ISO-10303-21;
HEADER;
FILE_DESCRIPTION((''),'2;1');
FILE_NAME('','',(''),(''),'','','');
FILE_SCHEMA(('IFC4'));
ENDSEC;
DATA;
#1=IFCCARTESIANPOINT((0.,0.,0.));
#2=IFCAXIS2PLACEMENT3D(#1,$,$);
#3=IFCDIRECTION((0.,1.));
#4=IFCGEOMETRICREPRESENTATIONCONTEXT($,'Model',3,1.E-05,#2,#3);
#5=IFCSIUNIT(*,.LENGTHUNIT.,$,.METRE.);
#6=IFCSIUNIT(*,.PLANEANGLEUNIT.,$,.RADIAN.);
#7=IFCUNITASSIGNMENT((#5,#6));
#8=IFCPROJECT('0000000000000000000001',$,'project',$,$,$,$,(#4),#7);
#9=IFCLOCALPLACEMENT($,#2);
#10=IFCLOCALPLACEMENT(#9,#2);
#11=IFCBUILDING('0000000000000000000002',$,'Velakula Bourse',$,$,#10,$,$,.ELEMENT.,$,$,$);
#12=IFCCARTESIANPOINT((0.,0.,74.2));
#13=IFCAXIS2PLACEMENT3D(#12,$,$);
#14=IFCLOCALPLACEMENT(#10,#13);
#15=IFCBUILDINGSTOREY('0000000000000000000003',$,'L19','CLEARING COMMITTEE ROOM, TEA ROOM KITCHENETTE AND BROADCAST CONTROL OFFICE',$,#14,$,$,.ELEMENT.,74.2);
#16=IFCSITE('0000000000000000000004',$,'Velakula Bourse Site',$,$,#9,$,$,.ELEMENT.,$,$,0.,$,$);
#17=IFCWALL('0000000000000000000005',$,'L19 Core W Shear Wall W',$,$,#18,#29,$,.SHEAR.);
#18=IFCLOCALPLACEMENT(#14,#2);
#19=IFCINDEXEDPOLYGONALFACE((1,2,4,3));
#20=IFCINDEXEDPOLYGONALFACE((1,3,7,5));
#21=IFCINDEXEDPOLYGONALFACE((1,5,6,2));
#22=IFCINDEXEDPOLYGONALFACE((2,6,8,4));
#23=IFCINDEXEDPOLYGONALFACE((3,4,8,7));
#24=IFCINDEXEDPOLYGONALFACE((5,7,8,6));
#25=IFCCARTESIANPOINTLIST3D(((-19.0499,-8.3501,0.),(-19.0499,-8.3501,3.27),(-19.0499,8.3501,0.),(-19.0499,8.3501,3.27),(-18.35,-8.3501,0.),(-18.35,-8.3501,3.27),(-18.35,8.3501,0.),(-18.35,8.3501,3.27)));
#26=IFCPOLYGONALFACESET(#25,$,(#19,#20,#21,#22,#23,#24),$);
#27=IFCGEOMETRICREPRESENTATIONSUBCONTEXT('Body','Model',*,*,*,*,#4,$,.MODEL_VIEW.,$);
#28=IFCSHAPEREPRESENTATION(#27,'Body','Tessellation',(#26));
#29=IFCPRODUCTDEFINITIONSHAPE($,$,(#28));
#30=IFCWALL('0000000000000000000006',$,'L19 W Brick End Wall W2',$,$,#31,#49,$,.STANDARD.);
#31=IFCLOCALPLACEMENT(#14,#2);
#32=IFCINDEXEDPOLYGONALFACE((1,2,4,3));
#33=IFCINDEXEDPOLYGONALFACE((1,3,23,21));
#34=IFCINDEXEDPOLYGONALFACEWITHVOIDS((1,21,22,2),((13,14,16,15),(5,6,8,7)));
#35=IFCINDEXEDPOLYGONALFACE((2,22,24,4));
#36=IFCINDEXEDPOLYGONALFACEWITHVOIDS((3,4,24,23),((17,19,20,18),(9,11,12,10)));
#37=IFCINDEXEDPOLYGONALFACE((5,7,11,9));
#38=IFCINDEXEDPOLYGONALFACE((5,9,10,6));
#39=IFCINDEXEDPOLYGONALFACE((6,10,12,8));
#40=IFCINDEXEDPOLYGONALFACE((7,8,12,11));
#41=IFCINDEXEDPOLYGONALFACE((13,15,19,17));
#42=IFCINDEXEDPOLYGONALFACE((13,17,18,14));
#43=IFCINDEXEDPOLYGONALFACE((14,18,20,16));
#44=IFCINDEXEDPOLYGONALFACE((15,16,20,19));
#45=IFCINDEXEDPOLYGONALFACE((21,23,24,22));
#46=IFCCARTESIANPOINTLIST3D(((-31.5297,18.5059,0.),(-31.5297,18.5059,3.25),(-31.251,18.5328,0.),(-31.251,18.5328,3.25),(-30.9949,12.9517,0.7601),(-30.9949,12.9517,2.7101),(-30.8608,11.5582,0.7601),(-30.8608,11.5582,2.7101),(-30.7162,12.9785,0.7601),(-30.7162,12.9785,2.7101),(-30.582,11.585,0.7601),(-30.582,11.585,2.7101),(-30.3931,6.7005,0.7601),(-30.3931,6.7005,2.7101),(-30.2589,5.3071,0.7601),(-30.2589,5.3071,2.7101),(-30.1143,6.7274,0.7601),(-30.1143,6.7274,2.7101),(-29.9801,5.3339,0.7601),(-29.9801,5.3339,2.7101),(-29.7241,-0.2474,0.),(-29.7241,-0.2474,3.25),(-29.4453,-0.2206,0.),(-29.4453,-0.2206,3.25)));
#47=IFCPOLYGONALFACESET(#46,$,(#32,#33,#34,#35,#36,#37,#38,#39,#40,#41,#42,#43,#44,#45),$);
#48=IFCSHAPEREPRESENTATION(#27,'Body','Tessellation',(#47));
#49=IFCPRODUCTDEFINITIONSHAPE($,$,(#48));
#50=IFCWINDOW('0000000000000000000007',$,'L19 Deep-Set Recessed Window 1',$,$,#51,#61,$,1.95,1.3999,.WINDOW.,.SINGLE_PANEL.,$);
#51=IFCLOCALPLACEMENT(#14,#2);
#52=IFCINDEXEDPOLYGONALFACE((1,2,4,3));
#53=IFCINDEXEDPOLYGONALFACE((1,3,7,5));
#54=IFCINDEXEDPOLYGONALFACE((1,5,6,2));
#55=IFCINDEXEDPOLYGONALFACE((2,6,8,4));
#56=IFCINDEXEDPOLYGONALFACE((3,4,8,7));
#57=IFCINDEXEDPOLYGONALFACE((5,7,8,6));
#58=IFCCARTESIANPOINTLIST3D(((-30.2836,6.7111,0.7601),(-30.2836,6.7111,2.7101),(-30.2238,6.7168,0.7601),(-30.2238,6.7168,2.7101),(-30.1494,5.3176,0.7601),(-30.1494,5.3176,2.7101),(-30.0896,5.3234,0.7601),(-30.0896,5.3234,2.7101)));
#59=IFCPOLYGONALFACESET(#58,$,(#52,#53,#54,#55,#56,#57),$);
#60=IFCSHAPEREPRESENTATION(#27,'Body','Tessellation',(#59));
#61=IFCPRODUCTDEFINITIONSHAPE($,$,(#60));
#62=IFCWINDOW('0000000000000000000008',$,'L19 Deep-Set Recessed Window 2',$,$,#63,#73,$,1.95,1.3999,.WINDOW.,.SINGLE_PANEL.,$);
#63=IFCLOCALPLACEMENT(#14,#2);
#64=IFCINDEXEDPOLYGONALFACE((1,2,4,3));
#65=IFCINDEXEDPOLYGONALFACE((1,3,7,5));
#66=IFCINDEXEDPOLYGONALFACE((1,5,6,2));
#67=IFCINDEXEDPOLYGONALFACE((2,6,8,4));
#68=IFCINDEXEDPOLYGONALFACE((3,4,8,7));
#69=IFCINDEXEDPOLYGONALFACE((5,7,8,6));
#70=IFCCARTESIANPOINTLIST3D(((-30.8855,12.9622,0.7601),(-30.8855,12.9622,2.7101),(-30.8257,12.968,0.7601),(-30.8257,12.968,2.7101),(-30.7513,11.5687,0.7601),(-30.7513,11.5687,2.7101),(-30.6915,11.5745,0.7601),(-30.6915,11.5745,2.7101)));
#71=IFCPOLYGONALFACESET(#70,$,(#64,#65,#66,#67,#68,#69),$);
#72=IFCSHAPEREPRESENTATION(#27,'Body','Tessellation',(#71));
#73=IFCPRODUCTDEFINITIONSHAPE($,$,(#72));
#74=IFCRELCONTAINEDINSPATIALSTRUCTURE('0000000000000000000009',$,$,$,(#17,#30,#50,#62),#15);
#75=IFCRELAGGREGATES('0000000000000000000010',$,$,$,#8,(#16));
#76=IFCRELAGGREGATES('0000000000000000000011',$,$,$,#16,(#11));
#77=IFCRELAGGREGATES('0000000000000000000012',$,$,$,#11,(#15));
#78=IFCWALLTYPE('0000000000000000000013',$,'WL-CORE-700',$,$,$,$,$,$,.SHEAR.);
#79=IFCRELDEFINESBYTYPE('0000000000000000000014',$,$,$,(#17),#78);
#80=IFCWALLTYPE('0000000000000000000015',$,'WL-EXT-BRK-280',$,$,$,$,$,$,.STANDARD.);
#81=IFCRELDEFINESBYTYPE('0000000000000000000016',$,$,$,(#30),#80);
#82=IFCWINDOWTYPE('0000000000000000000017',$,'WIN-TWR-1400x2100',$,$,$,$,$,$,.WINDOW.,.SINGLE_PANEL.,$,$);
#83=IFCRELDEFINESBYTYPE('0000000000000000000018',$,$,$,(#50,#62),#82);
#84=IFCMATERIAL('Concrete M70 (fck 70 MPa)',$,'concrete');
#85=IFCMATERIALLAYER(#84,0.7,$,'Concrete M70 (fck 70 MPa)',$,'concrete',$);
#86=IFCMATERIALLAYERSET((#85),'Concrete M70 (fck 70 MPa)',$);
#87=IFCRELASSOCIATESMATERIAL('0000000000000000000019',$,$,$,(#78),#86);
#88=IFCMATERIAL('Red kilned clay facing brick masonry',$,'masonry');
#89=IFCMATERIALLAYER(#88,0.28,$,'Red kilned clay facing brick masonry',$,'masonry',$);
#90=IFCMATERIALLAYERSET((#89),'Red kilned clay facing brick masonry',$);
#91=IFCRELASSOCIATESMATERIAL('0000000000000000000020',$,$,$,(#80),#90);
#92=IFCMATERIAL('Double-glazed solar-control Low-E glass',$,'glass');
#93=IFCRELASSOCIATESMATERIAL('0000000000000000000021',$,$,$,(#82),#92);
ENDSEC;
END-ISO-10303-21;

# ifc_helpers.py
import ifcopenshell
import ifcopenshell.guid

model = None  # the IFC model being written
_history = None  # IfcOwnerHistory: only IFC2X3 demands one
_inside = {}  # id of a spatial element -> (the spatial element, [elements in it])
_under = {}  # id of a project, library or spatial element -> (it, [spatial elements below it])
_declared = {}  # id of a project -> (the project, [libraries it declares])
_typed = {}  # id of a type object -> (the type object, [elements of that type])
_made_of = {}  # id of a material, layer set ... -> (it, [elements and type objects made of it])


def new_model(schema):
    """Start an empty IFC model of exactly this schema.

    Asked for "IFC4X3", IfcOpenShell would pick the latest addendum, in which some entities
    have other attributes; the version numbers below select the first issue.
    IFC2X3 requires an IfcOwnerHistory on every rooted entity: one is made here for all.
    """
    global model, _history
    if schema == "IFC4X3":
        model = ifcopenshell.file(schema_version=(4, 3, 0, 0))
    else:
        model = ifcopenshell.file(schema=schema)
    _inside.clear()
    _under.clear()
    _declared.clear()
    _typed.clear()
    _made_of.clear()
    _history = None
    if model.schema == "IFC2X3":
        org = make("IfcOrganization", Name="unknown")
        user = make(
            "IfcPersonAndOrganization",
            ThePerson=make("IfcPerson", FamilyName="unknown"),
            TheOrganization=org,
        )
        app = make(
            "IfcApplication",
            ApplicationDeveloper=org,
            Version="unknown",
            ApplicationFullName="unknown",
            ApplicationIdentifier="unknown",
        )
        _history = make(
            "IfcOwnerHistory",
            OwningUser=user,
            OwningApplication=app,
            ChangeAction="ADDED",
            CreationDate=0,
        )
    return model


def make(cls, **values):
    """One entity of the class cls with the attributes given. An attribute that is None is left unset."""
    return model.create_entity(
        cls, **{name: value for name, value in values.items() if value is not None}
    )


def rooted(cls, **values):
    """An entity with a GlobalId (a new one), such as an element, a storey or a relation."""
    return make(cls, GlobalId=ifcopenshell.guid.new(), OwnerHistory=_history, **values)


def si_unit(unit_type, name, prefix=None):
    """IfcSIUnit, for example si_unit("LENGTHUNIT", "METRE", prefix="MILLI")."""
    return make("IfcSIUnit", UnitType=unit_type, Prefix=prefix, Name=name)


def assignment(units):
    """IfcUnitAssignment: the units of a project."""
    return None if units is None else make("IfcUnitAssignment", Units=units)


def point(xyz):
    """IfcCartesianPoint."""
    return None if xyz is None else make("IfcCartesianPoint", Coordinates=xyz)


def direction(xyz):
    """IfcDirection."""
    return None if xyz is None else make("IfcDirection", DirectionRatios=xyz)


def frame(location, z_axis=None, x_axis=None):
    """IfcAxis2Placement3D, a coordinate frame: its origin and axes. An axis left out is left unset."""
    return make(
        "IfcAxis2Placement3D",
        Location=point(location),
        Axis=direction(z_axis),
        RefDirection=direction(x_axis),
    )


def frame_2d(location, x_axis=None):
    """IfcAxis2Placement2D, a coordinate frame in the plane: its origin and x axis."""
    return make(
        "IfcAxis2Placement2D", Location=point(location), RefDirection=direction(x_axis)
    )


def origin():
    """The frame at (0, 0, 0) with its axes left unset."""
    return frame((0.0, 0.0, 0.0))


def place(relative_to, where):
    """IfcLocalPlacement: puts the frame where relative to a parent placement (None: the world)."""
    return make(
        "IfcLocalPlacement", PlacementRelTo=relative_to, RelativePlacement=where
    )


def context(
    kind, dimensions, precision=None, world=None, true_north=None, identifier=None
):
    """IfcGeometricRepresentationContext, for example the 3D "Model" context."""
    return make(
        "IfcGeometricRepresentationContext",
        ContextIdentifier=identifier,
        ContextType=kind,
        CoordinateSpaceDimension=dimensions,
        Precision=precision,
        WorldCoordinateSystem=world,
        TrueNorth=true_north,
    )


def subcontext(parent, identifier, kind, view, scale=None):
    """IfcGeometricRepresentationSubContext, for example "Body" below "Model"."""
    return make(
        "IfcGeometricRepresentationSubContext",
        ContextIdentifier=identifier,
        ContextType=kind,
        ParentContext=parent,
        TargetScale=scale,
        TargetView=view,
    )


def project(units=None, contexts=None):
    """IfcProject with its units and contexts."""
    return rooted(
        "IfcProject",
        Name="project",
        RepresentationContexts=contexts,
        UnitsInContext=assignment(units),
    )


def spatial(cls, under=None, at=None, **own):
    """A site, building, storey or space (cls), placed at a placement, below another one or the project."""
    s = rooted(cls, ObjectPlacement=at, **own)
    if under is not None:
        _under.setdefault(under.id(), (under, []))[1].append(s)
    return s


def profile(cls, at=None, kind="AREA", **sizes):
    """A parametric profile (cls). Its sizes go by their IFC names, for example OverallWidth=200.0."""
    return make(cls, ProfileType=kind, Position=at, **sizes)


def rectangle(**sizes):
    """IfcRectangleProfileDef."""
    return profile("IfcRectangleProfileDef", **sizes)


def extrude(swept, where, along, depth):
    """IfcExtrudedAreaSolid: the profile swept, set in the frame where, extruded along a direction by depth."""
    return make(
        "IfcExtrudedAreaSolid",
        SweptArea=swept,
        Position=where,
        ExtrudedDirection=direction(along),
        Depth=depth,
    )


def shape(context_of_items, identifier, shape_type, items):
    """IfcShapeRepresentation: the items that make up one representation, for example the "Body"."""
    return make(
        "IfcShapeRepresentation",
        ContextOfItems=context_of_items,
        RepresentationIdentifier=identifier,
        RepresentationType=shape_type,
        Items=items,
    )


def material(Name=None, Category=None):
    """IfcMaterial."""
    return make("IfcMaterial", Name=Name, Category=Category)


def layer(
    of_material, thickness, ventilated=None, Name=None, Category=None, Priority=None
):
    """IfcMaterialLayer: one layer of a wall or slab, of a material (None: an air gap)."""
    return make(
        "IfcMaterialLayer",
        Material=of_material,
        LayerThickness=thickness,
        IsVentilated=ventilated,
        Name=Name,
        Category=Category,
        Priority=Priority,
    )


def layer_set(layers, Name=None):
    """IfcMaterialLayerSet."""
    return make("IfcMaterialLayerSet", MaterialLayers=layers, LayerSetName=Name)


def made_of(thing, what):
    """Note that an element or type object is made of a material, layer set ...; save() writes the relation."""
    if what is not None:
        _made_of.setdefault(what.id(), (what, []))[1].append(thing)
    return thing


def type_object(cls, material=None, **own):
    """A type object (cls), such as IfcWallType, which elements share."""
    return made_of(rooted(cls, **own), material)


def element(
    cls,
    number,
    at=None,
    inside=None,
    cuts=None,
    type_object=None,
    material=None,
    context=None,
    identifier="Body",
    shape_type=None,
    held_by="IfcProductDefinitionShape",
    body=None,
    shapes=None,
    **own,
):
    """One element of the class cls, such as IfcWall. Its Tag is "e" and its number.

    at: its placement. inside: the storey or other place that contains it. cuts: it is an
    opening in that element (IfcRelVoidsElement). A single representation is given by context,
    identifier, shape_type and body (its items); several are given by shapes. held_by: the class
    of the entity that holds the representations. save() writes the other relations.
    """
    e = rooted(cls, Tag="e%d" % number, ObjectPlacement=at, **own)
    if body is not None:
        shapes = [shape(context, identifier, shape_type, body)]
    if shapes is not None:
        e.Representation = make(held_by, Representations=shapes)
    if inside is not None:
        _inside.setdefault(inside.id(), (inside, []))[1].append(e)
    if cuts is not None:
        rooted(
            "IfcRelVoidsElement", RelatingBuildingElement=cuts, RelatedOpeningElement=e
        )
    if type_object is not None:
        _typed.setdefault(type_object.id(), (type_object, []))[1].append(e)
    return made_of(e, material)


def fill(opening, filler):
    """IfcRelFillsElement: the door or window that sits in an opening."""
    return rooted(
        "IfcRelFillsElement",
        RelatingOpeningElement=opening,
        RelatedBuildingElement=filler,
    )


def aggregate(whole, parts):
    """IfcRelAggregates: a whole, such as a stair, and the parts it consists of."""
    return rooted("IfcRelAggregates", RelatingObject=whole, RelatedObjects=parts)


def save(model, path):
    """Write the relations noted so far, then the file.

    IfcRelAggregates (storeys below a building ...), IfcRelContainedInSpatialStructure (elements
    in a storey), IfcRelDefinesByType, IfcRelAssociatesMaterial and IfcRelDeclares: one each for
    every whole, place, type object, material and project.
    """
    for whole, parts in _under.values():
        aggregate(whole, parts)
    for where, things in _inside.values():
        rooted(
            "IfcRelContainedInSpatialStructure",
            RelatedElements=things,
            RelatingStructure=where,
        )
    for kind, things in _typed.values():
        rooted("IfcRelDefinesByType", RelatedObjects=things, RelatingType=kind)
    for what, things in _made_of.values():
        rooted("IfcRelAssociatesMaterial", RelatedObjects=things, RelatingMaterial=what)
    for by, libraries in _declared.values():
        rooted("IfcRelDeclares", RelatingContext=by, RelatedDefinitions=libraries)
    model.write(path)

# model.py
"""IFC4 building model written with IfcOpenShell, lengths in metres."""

from ifc_helpers import new_model, si_unit, direction, frame, frame_2d, origin, place, context, subcontext, project, spatial, rectangle, extrude, material, layer, layer_set, type_object, element, fill, save


model = new_model("IFC4")

# Units and contexts
model_context = context("Model", 3, precision=1e-05, world=origin(), true_north=direction((0.0, 1.0)))
body_context = subcontext(model_context, "Body", "Model", "MODEL_VIEW")
ifc_project = project(units=[si_unit("LENGTHUNIT", "METRE"), si_unit("PLANEANGLEUNIT", "RADIAN")], contexts=[model_context])

# Site, building, storey
site_placement = place(None, origin())
site = spatial("IfcSite", under=ifc_project, at=site_placement, Name="Velakula Bourse Site", CompositionType="ELEMENT", RefElevation=0.0)
building_placement = place(site_placement, origin())
building = spatial("IfcBuilding", under=site, at=building_placement, Name="Velakula Bourse", CompositionType="ELEMENT")
storey_placement = place(building_placement, frame((0.0, 0.0, 74.2)))
storey = spatial("IfcBuildingStorey", under=building, at=storey_placement, Name="L19", Description="CLEARING COMMITTEE ROOM, TEA ROOM KITCHENETTE AND BROADCAST CONTROL OFFICE", CompositionType="ELEMENT", Elevation=74.2)

# Wall
ifc_material_1 = material(Name="Concrete M70 (fck 70 MPa)", Category="concrete")
ifc_layer_1 = layer(ifc_material_1, 0.7, Name="Concrete M70 (fck 70 MPa)", Category="concrete")
ifc_layer_set_1 = layer_set([ifc_layer_1], Name="Concrete M70 (fck 70 MPa)")
wall_type_1 = type_object("IfcWallType", Name="WL-CORE-700", PredefinedType="SHEAR", material=ifc_layer_set_1)
wall_1_placement = place(storey_placement, frame((-18.7, -8.3501, 0.0), z_axis=(0.0, 0.0, 1.0), x_axis=(0.0, 1.0, 0.0)))
element("IfcWall", 1, at=wall_1_placement, inside=storey, type_object=wall_type_1, Name="L19 Core W Shear Wall W", PredefinedType="SHEAR", context=body_context, shape_type="SweptSolid", body=[
    extrude(rectangle(XDim=16.7002, YDim=0.7, at=frame_2d((8.3501, 0.0))), origin(), (0.0, 0.0, 1.0), 3.27),
])

# Wall, openings, windows
ifc_material_2 = material(Name="Red kilned clay facing brick masonry", Category="masonry")
ifc_layer_2 = layer(ifc_material_2, 0.28, Name="Red kilned clay facing brick masonry", Category="masonry")
ifc_layer_set_2 = layer_set([ifc_layer_2], Name="Red kilned clay facing brick masonry")
wall_type_2 = type_object("IfcWallType", Name="WL-EXT-BRK-280", PredefinedType="STANDARD", material=ifc_layer_set_2)
wall_2_placement = place(storey_placement, frame((-29.5847, -0.2339, 0.0), z_axis=(0.0, 0.0, 1.0), x_axis=(-0.095841, 0.995397, 0.0)))
wall_2 = element("IfcWall", 2, at=wall_2_placement, inside=storey, type_object=wall_type_2, Name="L19 W Brick End Wall W2", PredefinedType="STANDARD", context=body_context, shape_type="SweptSolid", body=[
    extrude(rectangle(XDim=18.8401, YDim=0.28, at=frame_2d((9.4199, 0.0))), origin(), (0.0, 0.0, 1.0), 3.25),
])
opening_1_placement = place(wall_2_placement, frame((5.5801, 0.0, 0.76)))
opening_1 = element("IfcOpeningElement", 3, at=opening_1_placement, cuts=wall_2, PredefinedType="OPENING", context=body_context, shape_type="SweptSolid", body=[
    extrude(rectangle(XDim=1.3999, YDim=1.95, at=frame_2d((0.7, 0.9751))), frame((0.0, 0.1499, 0.0), z_axis=(0.0, -1.0, 0.0), x_axis=(1.0, 0.0, 0.0)), (0.0, 0.0, 1.0), 0.3),
])
opening_2_placement = place(wall_2_placement, frame((11.8601, 0.0, 0.76)))
opening_2 = element("IfcOpeningElement", 4, at=opening_2_placement, cuts=wall_2, PredefinedType="OPENING", context=body_context, shape_type="SweptSolid", body=[
    extrude(rectangle(XDim=1.3999, YDim=1.95, at=frame_2d((0.7, 0.9751))), frame((0.0, 0.1499, 0.0), z_axis=(0.0, -1.0, 0.0), x_axis=(1.0, 0.0, 0.0)), (0.0, 0.0, 1.0), 0.3),
])
ifc_material_3 = material(Name="Double-glazed solar-control Low-E glass", Category="glass")
window_type = type_object("IfcWindowType", Name="WIN-TWR-1400x2100", PartitioningType="SINGLE_PANEL", PredefinedType="WINDOW", material=ifc_material_3)
window_1_placement = place(opening_1_placement, origin())
window_1 = element("IfcWindow", 5, at=window_1_placement, inside=storey, type_object=window_type, Name="L19 Deep-Set Recessed Window 1", OverallHeight=1.95, OverallWidth=1.3999, PartitioningType="SINGLE_PANEL", PredefinedType="WINDOW", context=body_context, shape_type="SweptSolid", body=[
    extrude(rectangle(XDim=1.3999, YDim=1.95, at=frame_2d((0.7, 0.9751))), frame((0.0, 0.03, 0.0), z_axis=(0.0, -1.0, 0.0), x_axis=(1.0, 0.0, 0.0)), (0.0, 0.0, 1.0), 0.0601),
])
fill(opening_1, window_1)
window_2_placement = place(opening_2_placement, origin())
window_2 = element("IfcWindow", 6, at=window_2_placement, inside=storey, type_object=window_type, Name="L19 Deep-Set Recessed Window 2", OverallHeight=1.95, OverallWidth=1.3999, PartitioningType="SINGLE_PANEL", PredefinedType="WINDOW", context=body_context, shape_type="SweptSolid", body=[
    extrude(rectangle(XDim=1.3999, YDim=1.95, at=frame_2d((0.7, 0.9751))), frame((0.0, 0.03, 0.0), z_axis=(0.0, -1.0, 0.0), x_axis=(1.0, 0.0, 0.0)), (0.0, 0.0, 1.0), 0.0601),
])
fill(opening_2, window_2)

save(model, "model.ifc")
